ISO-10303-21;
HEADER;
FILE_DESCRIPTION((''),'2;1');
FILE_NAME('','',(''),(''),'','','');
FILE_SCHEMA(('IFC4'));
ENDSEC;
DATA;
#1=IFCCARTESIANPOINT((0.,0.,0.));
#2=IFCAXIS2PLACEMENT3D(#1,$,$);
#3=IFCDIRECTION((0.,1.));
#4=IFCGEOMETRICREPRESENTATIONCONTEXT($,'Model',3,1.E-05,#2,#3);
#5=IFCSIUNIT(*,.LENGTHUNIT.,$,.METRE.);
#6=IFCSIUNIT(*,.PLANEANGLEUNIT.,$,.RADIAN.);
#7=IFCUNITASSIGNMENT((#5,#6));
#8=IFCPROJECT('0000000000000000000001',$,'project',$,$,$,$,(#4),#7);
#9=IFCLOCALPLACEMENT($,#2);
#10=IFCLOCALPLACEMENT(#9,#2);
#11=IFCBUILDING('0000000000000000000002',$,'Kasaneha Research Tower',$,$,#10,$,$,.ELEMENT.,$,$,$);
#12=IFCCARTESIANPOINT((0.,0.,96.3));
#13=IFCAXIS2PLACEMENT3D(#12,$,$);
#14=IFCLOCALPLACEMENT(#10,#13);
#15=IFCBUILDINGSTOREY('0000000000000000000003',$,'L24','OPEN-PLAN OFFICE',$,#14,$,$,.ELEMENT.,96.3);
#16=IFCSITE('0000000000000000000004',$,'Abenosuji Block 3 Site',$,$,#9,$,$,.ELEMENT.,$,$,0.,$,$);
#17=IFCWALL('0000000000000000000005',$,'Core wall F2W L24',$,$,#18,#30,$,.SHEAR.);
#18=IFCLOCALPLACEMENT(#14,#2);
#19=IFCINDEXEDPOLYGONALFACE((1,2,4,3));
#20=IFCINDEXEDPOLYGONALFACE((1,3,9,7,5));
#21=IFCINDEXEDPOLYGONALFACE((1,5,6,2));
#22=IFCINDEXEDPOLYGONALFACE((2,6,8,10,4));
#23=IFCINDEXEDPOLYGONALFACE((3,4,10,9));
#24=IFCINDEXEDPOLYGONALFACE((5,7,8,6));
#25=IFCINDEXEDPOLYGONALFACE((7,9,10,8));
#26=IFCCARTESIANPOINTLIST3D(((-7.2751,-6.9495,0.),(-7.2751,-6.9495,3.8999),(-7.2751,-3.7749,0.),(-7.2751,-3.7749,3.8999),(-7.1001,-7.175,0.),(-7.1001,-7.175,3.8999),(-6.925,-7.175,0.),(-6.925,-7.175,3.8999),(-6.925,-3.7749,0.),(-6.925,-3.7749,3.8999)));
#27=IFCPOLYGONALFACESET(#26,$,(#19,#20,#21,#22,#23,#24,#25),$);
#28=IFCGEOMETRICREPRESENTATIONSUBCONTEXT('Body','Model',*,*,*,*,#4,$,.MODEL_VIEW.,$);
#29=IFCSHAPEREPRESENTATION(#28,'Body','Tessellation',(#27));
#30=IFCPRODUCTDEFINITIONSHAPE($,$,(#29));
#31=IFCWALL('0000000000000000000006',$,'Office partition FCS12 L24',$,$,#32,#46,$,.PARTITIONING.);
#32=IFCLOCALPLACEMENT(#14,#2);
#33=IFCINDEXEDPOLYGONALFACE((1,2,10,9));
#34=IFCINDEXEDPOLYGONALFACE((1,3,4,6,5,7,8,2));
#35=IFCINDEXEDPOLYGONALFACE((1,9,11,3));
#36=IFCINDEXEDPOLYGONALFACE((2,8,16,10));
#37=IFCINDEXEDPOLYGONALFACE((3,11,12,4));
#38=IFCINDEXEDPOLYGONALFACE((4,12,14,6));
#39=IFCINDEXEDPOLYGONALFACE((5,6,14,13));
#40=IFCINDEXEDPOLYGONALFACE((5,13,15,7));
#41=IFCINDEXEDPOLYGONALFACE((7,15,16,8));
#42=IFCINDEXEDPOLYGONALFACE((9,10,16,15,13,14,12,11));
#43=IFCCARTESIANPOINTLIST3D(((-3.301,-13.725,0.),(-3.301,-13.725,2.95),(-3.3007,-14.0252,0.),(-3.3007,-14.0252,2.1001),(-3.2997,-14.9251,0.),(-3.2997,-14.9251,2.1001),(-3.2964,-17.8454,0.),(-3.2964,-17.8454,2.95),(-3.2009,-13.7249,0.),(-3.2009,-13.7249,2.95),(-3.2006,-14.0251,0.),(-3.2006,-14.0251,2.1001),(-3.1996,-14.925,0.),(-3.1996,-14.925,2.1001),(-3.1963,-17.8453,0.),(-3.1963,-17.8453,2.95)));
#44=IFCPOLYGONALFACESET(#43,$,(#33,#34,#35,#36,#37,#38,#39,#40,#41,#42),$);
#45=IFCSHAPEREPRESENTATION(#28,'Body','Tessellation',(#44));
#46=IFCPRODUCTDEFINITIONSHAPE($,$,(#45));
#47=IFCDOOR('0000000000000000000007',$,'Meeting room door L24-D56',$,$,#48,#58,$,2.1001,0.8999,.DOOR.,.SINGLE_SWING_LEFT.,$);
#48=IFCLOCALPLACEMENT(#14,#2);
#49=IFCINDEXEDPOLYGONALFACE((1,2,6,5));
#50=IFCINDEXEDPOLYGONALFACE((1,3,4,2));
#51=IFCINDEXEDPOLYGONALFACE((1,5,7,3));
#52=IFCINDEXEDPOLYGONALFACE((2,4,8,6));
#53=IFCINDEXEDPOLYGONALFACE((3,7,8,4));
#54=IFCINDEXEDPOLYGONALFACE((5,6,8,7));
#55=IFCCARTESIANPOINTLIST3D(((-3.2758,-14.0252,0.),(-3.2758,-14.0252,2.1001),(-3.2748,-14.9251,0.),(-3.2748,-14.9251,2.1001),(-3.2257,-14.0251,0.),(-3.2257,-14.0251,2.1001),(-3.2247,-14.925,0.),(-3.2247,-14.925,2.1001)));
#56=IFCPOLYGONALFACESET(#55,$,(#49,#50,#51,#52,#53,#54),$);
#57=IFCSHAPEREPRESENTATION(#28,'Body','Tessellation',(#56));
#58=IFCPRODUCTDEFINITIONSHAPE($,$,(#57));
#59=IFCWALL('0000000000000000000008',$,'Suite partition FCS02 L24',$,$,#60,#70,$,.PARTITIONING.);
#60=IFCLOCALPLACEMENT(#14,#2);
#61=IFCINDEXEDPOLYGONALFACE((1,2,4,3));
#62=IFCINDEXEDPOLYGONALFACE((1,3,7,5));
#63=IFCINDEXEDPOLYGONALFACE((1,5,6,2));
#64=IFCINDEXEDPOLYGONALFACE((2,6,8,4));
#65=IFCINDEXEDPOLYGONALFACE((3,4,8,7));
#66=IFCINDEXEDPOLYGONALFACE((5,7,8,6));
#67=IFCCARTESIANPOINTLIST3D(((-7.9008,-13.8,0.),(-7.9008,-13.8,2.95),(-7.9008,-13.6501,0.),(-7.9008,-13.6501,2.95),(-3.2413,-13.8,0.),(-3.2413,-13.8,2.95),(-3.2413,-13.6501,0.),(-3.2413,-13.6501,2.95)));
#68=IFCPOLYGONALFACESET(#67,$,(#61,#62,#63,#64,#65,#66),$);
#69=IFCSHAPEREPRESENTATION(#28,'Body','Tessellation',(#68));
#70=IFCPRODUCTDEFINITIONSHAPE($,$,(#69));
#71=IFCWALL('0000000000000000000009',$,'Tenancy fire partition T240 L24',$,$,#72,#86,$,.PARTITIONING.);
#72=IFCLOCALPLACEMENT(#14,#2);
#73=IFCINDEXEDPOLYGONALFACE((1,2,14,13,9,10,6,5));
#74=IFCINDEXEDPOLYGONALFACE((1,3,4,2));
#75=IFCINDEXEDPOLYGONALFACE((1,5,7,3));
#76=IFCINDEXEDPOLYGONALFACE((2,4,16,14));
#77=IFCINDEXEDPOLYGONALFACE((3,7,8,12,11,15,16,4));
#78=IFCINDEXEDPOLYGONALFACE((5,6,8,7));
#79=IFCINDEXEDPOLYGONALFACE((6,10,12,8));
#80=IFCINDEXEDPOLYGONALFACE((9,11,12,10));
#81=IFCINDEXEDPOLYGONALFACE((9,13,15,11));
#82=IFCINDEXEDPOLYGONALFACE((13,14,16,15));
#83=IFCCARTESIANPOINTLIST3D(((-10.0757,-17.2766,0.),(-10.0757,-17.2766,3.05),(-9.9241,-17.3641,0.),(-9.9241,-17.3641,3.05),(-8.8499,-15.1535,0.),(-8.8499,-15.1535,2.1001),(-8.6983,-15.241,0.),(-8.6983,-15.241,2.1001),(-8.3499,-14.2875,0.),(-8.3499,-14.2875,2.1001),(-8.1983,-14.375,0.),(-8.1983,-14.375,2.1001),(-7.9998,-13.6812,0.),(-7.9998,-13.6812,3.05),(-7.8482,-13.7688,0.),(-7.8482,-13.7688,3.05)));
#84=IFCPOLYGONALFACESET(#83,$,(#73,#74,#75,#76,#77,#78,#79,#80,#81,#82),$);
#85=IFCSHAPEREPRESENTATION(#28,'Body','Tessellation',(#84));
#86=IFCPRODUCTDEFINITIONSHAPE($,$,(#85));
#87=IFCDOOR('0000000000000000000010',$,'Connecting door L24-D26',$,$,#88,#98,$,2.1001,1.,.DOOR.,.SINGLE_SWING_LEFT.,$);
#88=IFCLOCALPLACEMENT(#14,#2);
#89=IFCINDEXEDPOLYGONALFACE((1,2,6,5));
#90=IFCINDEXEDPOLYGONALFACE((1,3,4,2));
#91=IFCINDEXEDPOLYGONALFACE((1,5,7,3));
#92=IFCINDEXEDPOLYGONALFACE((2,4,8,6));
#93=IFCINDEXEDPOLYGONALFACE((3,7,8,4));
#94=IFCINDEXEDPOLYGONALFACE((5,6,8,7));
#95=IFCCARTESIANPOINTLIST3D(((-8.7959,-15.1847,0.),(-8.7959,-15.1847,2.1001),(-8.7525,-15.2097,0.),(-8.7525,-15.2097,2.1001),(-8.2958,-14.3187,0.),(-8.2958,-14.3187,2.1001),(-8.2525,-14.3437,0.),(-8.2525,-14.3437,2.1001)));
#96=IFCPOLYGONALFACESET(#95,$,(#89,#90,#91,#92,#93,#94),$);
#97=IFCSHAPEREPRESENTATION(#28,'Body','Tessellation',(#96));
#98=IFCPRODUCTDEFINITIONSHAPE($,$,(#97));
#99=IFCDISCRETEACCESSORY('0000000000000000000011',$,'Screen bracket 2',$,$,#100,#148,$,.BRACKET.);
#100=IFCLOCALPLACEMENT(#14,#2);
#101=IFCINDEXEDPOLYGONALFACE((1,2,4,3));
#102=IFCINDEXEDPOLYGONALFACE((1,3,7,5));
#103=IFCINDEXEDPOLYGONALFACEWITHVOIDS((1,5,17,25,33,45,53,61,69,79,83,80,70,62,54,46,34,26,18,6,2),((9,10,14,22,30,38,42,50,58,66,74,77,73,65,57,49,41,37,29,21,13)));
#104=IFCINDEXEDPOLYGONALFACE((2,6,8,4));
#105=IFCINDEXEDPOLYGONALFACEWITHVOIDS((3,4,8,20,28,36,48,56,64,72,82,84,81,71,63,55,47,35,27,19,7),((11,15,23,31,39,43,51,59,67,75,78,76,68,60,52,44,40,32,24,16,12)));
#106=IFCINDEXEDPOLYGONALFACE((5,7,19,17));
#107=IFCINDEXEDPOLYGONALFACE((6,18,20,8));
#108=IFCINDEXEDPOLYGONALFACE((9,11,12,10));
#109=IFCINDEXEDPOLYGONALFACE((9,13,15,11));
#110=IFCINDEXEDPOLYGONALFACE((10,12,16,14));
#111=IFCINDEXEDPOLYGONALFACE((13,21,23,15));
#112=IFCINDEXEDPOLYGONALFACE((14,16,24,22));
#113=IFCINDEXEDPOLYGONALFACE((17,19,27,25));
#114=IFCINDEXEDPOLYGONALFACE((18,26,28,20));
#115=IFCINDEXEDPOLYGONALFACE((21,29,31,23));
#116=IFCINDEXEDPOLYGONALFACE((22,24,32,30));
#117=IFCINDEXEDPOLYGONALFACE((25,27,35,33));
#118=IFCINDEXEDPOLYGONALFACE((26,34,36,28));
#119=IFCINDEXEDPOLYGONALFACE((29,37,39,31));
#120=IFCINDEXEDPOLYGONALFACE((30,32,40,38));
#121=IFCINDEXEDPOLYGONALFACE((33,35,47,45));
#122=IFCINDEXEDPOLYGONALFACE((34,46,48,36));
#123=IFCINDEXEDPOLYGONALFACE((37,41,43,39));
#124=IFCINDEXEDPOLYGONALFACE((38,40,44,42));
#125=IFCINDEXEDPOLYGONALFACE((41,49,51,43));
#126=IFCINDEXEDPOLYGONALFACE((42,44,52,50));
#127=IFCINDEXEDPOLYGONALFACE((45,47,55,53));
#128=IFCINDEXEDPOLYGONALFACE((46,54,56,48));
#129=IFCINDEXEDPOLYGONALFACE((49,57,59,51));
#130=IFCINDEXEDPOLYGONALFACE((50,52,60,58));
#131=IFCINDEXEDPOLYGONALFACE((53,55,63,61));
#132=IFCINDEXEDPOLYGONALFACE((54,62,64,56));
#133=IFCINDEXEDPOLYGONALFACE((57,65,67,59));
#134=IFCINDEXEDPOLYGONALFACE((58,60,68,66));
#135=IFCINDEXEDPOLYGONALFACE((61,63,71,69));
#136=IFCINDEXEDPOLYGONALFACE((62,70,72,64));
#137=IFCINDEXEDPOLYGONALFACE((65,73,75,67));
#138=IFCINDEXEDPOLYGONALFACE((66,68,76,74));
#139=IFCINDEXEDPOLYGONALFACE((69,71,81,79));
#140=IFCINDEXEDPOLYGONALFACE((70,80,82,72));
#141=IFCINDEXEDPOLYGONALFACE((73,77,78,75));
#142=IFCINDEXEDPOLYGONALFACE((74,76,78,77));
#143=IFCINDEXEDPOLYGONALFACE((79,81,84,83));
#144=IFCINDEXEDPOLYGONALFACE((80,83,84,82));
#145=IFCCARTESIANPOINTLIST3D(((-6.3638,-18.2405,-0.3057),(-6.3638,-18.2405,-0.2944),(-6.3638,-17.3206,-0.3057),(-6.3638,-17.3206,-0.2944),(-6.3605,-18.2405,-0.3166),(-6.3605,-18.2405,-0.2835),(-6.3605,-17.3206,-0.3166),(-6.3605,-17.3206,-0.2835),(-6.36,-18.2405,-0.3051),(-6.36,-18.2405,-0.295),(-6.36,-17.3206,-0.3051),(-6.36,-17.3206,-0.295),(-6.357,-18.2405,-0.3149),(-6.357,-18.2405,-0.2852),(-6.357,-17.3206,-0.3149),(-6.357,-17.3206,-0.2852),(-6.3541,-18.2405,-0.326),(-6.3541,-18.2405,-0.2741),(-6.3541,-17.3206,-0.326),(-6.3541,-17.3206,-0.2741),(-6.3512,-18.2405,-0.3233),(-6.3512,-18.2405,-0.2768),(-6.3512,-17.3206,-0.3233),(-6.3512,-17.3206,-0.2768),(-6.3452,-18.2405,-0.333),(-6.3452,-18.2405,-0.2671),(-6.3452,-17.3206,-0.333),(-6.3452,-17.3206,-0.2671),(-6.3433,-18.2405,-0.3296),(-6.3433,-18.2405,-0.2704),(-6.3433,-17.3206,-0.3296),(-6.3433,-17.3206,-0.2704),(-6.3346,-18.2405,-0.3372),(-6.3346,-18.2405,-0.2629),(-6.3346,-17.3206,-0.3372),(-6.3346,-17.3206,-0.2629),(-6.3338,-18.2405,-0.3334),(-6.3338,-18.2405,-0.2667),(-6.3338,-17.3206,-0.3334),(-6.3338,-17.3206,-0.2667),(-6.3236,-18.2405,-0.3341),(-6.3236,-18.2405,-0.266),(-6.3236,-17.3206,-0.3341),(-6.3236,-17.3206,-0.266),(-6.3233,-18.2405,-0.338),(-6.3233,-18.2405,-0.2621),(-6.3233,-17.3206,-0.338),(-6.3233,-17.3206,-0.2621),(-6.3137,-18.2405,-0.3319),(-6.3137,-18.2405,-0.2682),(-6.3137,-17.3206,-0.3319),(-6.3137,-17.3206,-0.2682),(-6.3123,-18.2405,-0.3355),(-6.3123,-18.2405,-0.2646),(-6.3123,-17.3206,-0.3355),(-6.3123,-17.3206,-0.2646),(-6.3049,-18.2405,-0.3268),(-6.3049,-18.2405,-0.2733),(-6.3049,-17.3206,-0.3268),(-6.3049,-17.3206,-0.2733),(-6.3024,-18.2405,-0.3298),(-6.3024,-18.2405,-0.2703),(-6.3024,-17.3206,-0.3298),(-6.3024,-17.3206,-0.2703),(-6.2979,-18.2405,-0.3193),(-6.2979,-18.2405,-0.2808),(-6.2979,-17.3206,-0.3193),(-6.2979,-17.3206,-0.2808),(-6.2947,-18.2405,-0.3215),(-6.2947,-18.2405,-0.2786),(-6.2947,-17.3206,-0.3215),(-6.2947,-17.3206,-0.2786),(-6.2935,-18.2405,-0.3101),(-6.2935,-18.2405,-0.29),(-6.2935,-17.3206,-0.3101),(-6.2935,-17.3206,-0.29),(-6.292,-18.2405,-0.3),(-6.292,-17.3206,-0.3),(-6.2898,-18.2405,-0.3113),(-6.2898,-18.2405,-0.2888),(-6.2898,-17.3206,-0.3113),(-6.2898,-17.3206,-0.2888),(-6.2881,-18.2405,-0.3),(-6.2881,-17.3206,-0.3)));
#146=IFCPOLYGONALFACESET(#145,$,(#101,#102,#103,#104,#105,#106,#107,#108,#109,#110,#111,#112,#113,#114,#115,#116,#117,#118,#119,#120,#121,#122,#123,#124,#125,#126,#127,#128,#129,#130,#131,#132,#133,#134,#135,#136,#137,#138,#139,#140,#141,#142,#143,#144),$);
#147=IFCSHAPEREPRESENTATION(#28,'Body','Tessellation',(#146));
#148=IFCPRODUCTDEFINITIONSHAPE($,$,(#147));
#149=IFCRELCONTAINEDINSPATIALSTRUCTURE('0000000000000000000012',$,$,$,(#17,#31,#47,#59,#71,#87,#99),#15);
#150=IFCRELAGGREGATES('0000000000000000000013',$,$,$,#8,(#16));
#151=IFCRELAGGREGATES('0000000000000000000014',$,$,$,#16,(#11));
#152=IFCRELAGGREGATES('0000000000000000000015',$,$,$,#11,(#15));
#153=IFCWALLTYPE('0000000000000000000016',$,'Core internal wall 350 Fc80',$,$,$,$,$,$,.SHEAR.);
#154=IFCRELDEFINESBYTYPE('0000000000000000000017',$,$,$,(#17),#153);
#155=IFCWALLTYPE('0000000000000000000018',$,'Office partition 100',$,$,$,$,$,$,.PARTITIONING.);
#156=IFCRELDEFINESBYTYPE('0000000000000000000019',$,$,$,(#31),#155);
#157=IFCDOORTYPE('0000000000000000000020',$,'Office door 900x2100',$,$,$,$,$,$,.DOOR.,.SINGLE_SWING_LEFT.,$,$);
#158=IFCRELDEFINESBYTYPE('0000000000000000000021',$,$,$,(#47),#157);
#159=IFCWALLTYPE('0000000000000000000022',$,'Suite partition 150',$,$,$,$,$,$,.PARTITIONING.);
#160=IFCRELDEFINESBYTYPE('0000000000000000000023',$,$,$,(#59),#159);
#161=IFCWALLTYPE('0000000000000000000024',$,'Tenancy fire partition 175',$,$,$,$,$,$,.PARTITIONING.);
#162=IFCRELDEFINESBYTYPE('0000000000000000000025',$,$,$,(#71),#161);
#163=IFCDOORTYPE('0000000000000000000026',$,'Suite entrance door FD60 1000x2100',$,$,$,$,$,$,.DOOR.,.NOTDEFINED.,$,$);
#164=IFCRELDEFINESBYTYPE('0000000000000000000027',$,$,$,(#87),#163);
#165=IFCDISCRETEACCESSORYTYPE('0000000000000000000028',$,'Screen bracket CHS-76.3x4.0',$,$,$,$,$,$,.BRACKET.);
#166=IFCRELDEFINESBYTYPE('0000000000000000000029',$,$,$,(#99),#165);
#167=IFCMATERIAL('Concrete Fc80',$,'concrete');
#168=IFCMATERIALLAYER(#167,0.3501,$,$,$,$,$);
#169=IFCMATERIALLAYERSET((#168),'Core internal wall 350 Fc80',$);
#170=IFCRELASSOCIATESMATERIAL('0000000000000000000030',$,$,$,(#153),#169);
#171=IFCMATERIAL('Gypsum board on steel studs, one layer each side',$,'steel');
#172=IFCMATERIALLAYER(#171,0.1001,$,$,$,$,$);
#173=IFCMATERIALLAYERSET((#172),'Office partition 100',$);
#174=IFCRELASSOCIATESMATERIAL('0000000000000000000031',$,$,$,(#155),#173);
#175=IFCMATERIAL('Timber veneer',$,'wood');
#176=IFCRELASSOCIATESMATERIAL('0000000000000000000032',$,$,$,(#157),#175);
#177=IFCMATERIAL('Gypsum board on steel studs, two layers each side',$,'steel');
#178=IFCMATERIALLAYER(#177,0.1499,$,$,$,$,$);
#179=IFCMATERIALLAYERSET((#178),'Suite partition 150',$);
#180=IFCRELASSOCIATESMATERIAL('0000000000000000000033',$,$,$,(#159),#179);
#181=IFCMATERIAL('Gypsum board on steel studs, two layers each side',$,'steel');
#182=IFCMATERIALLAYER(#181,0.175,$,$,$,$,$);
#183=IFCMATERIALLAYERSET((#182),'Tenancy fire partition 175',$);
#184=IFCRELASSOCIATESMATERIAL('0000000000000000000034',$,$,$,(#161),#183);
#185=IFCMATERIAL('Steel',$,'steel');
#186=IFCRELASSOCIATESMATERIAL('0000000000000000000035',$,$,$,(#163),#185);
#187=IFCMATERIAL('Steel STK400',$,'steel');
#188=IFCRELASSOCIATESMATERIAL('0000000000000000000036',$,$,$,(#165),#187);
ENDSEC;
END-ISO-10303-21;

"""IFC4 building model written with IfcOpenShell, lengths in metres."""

from ifc_helpers import new_model, si_unit, direction, frame, frame_2d, origin, origin_2d, place, context, subcontext, project, spatial, polyline, rectangle, hollow_circle, outline, extrude, material, layer, layer_set, material_profile, profile_set, type_object, element, fill, save


model = new_model("IFC4")

# Units and contexts
model_context = context("Model", 3, precision=1e-05, world=origin(), true_north=direction((0.0, 1.0)))
body_context = subcontext(model_context, "Body", "Model", "MODEL_VIEW")
ifc_project = project(units=[si_unit("LENGTHUNIT", "METRE"), si_unit("PLANEANGLEUNIT", "RADIAN")], contexts=[model_context])

# Site, building, storey
site_placement = place(None, origin())
site = spatial("IfcSite", under=ifc_project, at=site_placement, Name="Abenosuji Block 3 Site", CompositionType="ELEMENT", RefElevation=0.0)
building_placement = place(site_placement, origin())
building = spatial("IfcBuilding", under=site, at=building_placement, Name="Kasaneha Research Tower", CompositionType="ELEMENT")
storey_placement = place(building_placement, frame((0.0, 0.0, 96.3)))
storey = spatial("IfcBuildingStorey", under=building, at=storey_placement, Name="L24", Description="OPEN-PLAN OFFICE", CompositionType="ELEMENT", Elevation=96.3)

# Shared definitions
ifc_material_1 = material(Name="Concrete Fc80", Category="concrete")
ifc_layer_1 = layer(ifc_material_1, 0.3501)
ifc_layer_set_1 = layer_set([ifc_layer_1], Name="Core internal wall 350 Fc80")
wall_type_1 = type_object("IfcWallType", Name="Core internal wall 350 Fc80", PredefinedType="SHEAR", material=ifc_layer_set_1)

# Wall
wall_1_placement = place(storey_placement, frame((-7.1001, -3.7749, 0.0), z_axis=(0.0, 0.0, 1.0), x_axis=(0.0, -1.0, 0.0)))
element("IfcWall", 1, at=wall_1_placement, inside=storey, type_object=wall_type_1, Name="Core wall F2W L24", PredefinedType="SHEAR", context=body_context, shape_type="SweptSolid", body=[
    extrude(outline(polyline([(0.0, -0.175), (3.1746, -0.175), (3.4001, 0.0), (3.4001, 0.175), (0.0, 0.175), (0.0, -0.175)])), origin(), (0.0, 0.0, 1.0), 3.8999),
])

# Wall, opening, door
ifc_material_2 = material(Name="Gypsum board on steel studs, one layer each side", Category="steel")
ifc_layer_2 = layer(ifc_material_2, 0.1001)
ifc_layer_set_2 = layer_set([ifc_layer_2], Name="Office partition 100")
wall_type_2 = type_object("IfcWallType", Name="Office partition 100", PredefinedType="PARTITIONING", material=ifc_layer_set_2)
wall_2_placement = place(storey_placement, frame((-3.251, -13.7251, 0.0), z_axis=(0.0, 0.0, 1.0), x_axis=(0.001126, -0.999999, 0.0)))
wall_2 = element("IfcWall", 2, at=wall_2_placement, inside=storey, type_object=wall_type_2, Name="Office partition FCS12 L24", PredefinedType="PARTITIONING", context=body_context, shape_type="SweptSolid", body=[
    extrude(rectangle(XDim=4.1204, YDim=0.1001, at=frame_2d((2.0601, 0.0))), origin(), (0.0, 0.0, 1.0), 2.95),
])
opening_1_placement = place(wall_2_placement, frame((0.3, 0.0, 0.0)))
opening_1 = element("IfcOpeningElement", 3, at=opening_1_placement, cuts=wall_2, PredefinedType="OPENING", context=body_context, shape_type="SweptSolid", body=[
    extrude(rectangle(XDim=0.8999, YDim=2.1001, at=frame_2d((0.45, 1.05))), frame((0.0, 0.0601, 0.0), z_axis=(0.0, -1.0, 0.0), x_axis=(1.0, 0.0, 0.0)), (0.0, 0.0, 1.0), 0.1201),
])
ifc_material_3 = material(Name="Timber veneer", Category="wood")
door_type_1 = type_object("IfcDoorType", Name="Office door 900x2100", OperationType="SINGLE_SWING_LEFT", PredefinedType="DOOR", material=ifc_material_3)
door_1_placement = place(opening_1_placement, origin())
door_1 = element("IfcDoor", 4, at=door_1_placement, inside=storey, type_object=door_type_1, Name="Meeting room door L24-D56", OperationType="SINGLE_SWING_LEFT", OverallHeight=2.1001, OverallWidth=0.8999, PredefinedType="DOOR", context=body_context, shape_type="SweptSolid", body=[
    extrude(rectangle(XDim=0.8999, YDim=2.1001, at=frame_2d((0.45, 1.05))), frame((0.0, 0.0249, 0.0), z_axis=(0.0, -1.0, 0.0), x_axis=(1.0, 0.0, 0.0)), (0.0, 0.0, 1.0), 0.05),
])
fill(opening_1, door_1)

# Wall
ifc_material_4 = material(Name="Gypsum board on steel studs, two layers each side", Category="steel")
ifc_layer_3 = layer(ifc_material_4, 0.1499)
ifc_layer_set_3 = layer_set([ifc_layer_3], Name="Suite partition 150")
wall_type_3 = type_object("IfcWallType", Name="Suite partition 150", PredefinedType="PARTITIONING", material=ifc_layer_set_3)
wall_3_placement = place(storey_placement, frame((-3.2415, -13.7251, 0.0), z_axis=(0.0, 0.0, 1.0), x_axis=(-1.0, 0.0, 0.0)))
element("IfcWall", 5, at=wall_3_placement, inside=storey, type_object=wall_type_3, Name="Suite partition FCS02 L24", PredefinedType="PARTITIONING", context=body_context, shape_type="SweptSolid", body=[
    extrude(rectangle(XDim=4.6594, YDim=0.1499, at=frame_2d((2.3296, 0.0))), origin(), (0.0, 0.0, 1.0), 2.95),
])

# Wall, opening, door
ifc_material_5 = material(Name="Gypsum board on steel studs, two layers each side", Category="steel")
ifc_layer_4 = layer(ifc_material_5, 0.175)
ifc_layer_set_4 = layer_set([ifc_layer_4], Name="Tenancy fire partition 175")
wall_type_4 = type_object("IfcWallType", Name="Tenancy fire partition 175", PredefinedType="PARTITIONING", material=ifc_layer_set_4)
wall_4_placement = place(storey_placement, frame((-7.9241, -13.7251, 0.0), z_axis=(0.0, 0.0, 1.0), x_axis=(-0.500016, -0.866016, 0.0)))
wall_4 = element("IfcWall", 6, at=wall_4_placement, inside=storey, type_object=wall_type_4, Name="Tenancy fire partition T240 L24", PredefinedType="PARTITIONING", context=body_context, shape_type="SweptSolid", body=[
    extrude(rectangle(XDim=4.1516, YDim=0.175, at=frame_2d((2.0757, 0.0))), origin(), (0.0, 0.0, 1.0), 3.05),
])
opening_2_placement = place(wall_4_placement, frame((0.7, 0.0, 0.0)))
opening_2 = element("IfcOpeningElement", 7, at=opening_2_placement, cuts=wall_4, PredefinedType="OPENING", context=body_context, shape_type="SweptSolid", body=[
    extrude(rectangle(XDim=1.0, YDim=2.1001, at=frame_2d((0.5, 1.05))), frame((0.0, 0.0977, 0.0), z_axis=(0.0, -1.0, 0.0), x_axis=(1.0, 0.0, 0.0)), (0.0, 0.0, 1.0), 0.1951),
])
ifc_material_6 = material(Name="Steel", Category="steel")
door_type_2 = type_object("IfcDoorType", Name="Suite entrance door FD60 1000x2100", OperationType="NOTDEFINED", PredefinedType="DOOR", material=ifc_material_6)
door_2_placement = place(opening_2_placement, origin())
door_2 = element("IfcDoor", 8, at=door_2_placement, inside=storey, type_object=door_type_2, Name="Connecting door L24-D26", OperationType="SINGLE_SWING_LEFT", OverallHeight=2.1001, OverallWidth=1.0, PredefinedType="DOOR", context=body_context, shape_type="SweptSolid", body=[
    extrude(rectangle(XDim=1.0, YDim=2.1001, at=frame_2d((0.5, 1.05))), frame((0.0, 0.0249, 0.0), z_axis=(0.0, -1.0, 0.0), x_axis=(1.0, 0.0, 0.0)), (0.0, 0.0, 1.0), 0.05),
])
fill(opening_2, door_2)

# Discrete accessory
ifc_material_7 = material(Name="Steel STK400", Category="steel")
ifc_material_profile_1 = material_profile(ifc_material_7, hollow_circle(Radius=0.0381, WallThickness=0.0039, at=origin_2d()), Name="CHS-76.3x4.0")
ifc_profile_set_1 = profile_set([ifc_material_profile_1], Name="Steel STK400")
discrete_accessory_type = type_object("IfcDiscreteAccessoryType", Name="Screen bracket CHS-76.3x4.0", PredefinedType="BRACKET", material=ifc_profile_set_1)
for number, where, z_axis, x_axis, name in (
    (9, (-6.3262, -17.3206, -0.3), (0.0, -1.0, 0.0), (1.0, 0.0, 0.0), "Screen bracket 2"),
):
    element("IfcDiscreteAccessory", number, at=place(storey_placement, frame(where, z_axis=z_axis, x_axis=x_axis)), inside=storey, type_object=discrete_accessory_type, Name=name, PredefinedType="BRACKET", context=body_context, shape_type="SweptSolid", body=[
        extrude(hollow_circle(Radius=0.0381, WallThickness=0.0039, at=origin_2d()), origin(), (0.0, 0.0, 1.0), 0.9199),
    ])

save(model, "model.ifc")
